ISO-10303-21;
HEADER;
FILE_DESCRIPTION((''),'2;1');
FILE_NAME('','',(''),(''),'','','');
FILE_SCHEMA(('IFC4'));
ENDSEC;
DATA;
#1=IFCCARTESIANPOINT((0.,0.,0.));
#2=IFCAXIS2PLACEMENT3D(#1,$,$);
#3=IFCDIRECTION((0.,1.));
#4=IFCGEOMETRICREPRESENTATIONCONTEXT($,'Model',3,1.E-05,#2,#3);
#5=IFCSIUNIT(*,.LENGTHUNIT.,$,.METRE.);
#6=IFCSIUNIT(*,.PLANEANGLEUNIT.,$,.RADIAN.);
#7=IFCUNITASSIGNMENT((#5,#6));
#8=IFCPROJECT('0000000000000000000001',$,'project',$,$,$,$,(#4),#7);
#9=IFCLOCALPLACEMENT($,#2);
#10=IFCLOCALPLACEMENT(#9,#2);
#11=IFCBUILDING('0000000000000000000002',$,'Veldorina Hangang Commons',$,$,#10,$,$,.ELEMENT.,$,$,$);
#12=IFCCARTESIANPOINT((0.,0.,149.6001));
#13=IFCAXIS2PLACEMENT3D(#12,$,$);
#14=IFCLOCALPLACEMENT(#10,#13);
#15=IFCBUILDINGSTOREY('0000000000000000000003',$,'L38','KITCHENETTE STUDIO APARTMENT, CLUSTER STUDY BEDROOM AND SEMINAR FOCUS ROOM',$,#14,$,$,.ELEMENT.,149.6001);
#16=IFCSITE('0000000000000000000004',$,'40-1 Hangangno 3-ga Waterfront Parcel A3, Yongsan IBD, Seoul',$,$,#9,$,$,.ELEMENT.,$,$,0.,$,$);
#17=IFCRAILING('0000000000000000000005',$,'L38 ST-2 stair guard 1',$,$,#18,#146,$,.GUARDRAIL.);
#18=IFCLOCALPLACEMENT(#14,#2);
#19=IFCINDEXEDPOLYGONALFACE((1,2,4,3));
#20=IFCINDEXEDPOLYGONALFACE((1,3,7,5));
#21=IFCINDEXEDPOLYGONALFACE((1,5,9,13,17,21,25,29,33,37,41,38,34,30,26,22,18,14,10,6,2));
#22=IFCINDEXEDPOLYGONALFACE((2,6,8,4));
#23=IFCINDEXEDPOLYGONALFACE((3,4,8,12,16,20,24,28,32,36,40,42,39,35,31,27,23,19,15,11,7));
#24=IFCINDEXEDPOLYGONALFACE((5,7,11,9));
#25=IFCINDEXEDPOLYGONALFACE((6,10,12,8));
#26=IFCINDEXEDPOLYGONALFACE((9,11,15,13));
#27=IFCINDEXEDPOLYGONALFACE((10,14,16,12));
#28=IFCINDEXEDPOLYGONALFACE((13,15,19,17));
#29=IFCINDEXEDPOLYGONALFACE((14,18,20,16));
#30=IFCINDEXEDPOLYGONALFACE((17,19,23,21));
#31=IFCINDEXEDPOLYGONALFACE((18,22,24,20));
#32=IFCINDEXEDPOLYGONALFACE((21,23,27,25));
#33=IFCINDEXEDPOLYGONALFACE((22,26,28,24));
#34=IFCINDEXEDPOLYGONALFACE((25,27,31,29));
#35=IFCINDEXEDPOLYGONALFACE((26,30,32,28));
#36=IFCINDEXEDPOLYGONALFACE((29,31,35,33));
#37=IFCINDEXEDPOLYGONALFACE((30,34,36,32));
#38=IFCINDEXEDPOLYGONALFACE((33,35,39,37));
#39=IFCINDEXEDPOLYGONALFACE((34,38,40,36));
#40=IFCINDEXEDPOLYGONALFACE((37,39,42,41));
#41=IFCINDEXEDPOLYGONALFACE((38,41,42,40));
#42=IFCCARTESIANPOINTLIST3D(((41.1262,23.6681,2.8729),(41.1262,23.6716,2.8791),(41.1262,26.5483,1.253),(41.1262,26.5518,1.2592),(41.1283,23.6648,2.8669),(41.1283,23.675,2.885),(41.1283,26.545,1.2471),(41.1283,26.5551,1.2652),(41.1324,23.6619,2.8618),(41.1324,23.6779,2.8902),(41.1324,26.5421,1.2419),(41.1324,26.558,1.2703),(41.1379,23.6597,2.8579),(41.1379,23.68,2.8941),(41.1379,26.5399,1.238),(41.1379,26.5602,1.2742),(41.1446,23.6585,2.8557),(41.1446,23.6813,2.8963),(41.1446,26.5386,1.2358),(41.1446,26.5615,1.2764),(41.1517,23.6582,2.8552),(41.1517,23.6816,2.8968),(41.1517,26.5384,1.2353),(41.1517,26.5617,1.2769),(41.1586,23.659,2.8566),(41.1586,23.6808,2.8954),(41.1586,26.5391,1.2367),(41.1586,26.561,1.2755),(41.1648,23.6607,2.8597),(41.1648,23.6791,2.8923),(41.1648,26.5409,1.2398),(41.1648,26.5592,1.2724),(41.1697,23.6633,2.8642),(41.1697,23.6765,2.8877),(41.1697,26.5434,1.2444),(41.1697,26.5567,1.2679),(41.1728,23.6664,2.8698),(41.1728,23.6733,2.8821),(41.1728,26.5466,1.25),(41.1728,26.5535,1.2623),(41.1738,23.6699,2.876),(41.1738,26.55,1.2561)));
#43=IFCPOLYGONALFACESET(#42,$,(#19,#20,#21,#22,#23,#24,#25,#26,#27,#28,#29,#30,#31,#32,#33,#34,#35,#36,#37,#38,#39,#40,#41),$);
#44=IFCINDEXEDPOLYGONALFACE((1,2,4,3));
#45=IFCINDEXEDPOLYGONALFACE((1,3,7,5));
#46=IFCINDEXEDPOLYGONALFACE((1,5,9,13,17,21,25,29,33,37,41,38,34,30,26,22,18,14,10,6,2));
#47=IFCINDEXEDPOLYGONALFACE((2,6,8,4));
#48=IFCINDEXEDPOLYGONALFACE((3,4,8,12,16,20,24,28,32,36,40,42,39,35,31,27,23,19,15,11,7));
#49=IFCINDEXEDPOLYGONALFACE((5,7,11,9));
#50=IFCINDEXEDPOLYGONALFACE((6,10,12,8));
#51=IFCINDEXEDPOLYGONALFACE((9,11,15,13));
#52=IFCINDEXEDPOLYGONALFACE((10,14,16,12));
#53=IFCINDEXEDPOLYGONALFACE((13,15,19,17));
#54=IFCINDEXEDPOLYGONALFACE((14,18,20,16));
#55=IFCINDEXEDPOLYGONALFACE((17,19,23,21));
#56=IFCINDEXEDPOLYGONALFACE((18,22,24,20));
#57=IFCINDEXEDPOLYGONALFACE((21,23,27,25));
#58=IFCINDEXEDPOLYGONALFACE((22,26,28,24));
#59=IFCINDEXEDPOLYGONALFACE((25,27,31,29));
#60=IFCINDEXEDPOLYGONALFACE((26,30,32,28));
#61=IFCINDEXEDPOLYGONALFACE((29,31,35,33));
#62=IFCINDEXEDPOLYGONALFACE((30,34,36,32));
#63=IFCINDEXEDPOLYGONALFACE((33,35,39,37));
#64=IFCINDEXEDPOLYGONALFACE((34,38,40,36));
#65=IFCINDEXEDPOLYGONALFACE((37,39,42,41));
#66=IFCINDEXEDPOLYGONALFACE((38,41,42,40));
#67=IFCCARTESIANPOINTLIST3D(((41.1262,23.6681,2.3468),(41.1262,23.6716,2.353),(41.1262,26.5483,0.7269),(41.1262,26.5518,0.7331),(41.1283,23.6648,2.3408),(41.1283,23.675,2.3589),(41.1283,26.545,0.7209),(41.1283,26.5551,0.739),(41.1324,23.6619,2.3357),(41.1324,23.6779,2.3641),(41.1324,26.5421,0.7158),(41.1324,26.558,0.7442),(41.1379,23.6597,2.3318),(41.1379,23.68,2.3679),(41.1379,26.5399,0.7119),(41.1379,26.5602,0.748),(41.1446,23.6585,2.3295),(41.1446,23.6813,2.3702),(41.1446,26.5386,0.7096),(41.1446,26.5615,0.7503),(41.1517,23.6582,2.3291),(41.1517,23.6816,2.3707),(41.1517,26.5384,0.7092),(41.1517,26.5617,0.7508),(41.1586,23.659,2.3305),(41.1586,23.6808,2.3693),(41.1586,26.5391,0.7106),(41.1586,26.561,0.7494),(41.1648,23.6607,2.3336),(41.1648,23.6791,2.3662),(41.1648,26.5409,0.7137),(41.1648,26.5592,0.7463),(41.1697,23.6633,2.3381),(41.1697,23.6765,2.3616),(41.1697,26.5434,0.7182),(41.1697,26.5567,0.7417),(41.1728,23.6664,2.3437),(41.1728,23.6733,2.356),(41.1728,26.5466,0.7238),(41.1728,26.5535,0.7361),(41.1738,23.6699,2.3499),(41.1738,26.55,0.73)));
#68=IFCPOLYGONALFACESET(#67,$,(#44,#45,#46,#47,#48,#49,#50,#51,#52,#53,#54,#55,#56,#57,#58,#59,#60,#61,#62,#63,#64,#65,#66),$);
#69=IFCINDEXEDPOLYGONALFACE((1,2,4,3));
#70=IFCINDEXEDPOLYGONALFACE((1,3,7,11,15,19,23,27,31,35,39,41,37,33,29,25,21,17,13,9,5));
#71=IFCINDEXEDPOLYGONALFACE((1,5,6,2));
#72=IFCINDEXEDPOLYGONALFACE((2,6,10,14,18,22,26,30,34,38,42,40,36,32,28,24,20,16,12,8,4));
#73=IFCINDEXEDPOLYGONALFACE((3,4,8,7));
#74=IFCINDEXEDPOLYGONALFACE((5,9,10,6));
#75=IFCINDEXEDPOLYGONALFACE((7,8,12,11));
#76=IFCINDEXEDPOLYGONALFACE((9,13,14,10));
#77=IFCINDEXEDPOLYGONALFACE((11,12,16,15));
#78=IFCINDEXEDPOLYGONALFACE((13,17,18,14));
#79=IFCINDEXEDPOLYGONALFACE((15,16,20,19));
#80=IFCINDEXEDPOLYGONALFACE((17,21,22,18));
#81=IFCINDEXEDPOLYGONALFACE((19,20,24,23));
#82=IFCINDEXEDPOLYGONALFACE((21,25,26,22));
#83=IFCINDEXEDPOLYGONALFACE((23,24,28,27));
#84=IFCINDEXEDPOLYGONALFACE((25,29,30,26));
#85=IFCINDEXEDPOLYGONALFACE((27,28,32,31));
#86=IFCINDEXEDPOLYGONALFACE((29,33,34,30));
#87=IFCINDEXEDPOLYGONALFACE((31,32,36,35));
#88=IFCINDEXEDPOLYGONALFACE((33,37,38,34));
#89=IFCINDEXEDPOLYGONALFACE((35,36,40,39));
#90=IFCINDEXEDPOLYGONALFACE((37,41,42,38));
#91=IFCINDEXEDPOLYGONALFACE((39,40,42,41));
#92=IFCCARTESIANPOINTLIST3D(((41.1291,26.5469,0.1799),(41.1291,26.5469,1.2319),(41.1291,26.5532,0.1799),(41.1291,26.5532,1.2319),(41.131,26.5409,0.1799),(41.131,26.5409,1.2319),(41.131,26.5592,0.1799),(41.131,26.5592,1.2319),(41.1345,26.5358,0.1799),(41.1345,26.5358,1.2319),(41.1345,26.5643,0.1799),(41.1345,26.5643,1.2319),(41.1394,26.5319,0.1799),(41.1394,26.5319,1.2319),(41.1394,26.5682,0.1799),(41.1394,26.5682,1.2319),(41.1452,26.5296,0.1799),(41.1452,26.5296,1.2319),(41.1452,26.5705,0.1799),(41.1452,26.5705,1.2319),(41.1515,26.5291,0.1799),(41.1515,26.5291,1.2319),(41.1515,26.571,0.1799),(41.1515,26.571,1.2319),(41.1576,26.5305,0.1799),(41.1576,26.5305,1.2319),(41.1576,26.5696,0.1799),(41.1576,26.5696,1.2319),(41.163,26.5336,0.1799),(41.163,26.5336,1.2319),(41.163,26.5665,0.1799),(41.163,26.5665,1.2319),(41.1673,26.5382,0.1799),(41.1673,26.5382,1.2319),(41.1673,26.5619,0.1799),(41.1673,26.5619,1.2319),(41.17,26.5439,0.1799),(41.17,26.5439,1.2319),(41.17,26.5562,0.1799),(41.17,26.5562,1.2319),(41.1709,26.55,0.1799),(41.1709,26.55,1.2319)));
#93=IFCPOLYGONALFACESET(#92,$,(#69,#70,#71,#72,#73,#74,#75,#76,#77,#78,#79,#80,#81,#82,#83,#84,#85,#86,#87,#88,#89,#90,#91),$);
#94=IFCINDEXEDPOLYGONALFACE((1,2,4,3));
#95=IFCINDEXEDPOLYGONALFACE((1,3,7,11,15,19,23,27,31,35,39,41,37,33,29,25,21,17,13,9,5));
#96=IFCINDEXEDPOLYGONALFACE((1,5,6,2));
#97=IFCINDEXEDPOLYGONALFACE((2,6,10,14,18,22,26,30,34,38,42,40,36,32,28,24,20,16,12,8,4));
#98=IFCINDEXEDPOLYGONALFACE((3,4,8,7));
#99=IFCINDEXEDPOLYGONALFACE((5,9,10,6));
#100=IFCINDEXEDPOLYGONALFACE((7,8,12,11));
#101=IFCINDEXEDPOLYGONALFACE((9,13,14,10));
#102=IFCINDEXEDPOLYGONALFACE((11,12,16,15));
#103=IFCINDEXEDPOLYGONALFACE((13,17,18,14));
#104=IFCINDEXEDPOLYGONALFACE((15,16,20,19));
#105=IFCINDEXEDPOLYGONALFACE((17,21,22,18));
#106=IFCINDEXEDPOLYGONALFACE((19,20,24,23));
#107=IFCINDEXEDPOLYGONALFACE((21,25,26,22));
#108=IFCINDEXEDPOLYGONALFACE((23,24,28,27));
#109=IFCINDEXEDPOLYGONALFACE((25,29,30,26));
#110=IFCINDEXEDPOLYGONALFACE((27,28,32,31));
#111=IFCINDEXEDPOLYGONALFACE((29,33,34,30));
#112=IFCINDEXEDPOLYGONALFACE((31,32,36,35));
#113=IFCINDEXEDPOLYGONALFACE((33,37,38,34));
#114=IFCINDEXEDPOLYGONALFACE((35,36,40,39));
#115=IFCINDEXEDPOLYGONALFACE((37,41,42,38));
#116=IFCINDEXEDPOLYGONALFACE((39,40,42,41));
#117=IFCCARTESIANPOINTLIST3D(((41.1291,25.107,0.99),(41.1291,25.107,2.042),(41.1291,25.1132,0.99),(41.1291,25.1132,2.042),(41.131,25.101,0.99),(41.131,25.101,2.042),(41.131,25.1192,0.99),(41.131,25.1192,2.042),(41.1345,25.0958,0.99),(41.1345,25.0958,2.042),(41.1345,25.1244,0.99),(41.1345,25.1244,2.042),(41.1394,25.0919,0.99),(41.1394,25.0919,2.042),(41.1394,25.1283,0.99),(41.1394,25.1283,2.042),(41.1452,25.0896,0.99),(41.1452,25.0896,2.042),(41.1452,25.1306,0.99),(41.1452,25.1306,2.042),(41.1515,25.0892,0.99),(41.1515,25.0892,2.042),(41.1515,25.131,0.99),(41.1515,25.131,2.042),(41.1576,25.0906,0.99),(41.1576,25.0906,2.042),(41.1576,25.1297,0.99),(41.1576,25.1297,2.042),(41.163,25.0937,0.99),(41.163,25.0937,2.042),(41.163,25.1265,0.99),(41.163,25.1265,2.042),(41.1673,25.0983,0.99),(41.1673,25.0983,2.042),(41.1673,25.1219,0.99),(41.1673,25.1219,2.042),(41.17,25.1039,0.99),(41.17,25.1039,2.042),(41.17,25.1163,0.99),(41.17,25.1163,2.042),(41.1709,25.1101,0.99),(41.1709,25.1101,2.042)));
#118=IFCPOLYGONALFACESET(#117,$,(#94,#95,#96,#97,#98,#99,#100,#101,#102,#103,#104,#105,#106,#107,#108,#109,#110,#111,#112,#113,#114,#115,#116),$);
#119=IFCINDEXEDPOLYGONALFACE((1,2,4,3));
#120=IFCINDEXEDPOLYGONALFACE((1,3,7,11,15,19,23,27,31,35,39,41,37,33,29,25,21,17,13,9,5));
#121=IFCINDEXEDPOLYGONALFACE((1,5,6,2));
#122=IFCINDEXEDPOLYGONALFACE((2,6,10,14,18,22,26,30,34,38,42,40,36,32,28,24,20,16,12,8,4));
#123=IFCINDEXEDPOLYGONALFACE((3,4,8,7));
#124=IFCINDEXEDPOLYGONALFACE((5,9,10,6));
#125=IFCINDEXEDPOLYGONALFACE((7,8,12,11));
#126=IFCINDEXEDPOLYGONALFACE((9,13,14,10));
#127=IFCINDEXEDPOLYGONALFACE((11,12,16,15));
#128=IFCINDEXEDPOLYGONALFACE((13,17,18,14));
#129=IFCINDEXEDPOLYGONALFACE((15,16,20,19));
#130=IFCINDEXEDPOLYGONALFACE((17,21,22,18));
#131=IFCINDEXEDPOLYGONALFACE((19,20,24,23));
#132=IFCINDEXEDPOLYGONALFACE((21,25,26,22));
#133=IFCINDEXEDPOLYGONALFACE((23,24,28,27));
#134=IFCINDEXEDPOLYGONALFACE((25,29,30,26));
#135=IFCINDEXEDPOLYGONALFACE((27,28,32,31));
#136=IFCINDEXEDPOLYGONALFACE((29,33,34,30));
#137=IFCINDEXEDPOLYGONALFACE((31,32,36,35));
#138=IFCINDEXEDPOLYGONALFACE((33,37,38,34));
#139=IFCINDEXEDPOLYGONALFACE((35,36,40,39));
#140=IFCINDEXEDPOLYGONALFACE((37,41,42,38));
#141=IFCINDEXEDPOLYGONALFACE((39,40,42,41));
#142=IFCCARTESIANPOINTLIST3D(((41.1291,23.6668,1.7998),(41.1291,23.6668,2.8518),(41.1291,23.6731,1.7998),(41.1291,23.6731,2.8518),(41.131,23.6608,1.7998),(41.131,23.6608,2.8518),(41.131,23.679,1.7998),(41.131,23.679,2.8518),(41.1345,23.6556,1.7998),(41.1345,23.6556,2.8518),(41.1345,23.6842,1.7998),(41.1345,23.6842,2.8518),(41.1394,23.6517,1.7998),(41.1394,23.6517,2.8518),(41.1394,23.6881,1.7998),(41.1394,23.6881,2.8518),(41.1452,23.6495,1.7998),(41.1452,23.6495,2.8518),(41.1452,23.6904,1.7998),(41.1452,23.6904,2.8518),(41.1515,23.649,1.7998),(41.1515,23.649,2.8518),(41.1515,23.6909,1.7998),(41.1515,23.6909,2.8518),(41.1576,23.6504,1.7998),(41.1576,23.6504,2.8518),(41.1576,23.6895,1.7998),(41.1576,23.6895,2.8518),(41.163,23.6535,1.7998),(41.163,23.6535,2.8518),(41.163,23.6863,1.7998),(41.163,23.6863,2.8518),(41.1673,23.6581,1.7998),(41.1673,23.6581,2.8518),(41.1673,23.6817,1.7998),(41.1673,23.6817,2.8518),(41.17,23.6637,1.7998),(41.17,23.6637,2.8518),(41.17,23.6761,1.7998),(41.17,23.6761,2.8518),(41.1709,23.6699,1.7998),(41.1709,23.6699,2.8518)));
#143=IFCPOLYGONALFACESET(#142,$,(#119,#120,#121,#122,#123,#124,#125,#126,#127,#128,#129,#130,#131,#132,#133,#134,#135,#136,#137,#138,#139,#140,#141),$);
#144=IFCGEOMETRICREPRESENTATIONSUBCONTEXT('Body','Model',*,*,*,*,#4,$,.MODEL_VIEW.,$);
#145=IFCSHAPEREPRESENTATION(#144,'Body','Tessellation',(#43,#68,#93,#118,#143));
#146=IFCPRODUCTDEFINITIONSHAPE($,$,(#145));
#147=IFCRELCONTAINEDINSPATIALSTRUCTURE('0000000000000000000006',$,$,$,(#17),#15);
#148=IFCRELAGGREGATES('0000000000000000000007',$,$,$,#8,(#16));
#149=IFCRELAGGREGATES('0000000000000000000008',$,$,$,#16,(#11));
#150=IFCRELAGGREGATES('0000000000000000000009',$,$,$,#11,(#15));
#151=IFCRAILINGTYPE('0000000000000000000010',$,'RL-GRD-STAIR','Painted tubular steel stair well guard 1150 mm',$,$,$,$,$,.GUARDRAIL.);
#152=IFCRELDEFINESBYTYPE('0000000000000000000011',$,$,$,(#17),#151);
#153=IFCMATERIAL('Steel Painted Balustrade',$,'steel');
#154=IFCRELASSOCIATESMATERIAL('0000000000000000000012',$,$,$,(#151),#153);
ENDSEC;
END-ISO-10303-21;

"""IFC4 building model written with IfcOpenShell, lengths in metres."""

from ifc_helpers import new_model, si_unit, direction, frame, origin, origin_2d, place, context, subcontext, project, spatial, circle, extrude, material, type_object, element, save


model = new_model("IFC4")

# Units and contexts
model_context = context("Model", 3, precision=1e-05, world=origin(), true_north=direction((0.0, 1.0)))
body_context = subcontext(model_context, "Body", "Model", "MODEL_VIEW")
ifc_project = project(units=[si_unit("LENGTHUNIT", "METRE"), si_unit("PLANEANGLEUNIT", "RADIAN")], contexts=[model_context])

# Site, building, storey
site_placement = place(None, origin())
site = spatial("IfcSite", under=ifc_project, at=site_placement, Name="40-1 Hangangno 3-ga Waterfront Parcel A3, Yongsan IBD, Seoul", CompositionType="ELEMENT", RefElevation=0.0)
building_placement = place(site_placement, origin())
building = spatial("IfcBuilding", under=site, at=building_placement, Name="Veldorina Hangang Commons", CompositionType="ELEMENT")
storey_placement = place(building_placement, frame((0.0, 0.0, 149.6001)))
storey = spatial("IfcBuildingStorey", under=building, at=storey_placement, Name="L38", Description="KITCHENETTE STUDIO APARTMENT, CLUSTER STUDY BEDROOM AND SEMINAR FOCUS ROOM", CompositionType="ELEMENT", Elevation=149.6001)

# Railing
ifc_material_1 = material(Name="Steel Painted Balustrade", Category="steel")
railing_type_1 = type_object("IfcRailingType", Name="RL-GRD-STAIR", Description="Painted tubular steel stair well guard 1150 mm", PredefinedType="GUARDRAIL", material=ifc_material_1)
railing_1_placement = place(storey_placement, frame((41.1499, 26.55, 0.1799)))
element("IfcRailing", 1, at=railing_1_placement, inside=storey, type_object=railing_type_1, Name="L38 ST-2 stair guard 1", PredefinedType="GUARDRAIL", context=body_context, shape_type="SweptSolid", body=[
    extrude(circle(Radius=0.0239, at=origin_2d()), frame((0.0, 0.0, 1.0762), z_axis=(0.0, -0.871601, 0.490216), x_axis=(1.0, 0.0, 0.0)), (0.0, 0.0, 1.0), 3.3044),
    extrude(circle(Radius=0.0239, at=origin_2d()), frame((0.0, 0.0, 0.55), z_axis=(0.0, -0.871601, 0.490216), x_axis=(1.0, 0.0, 0.0)), (0.0, 0.0, 1.0), 3.3044),
    extrude(circle(Radius=0.021, at=origin_2d()), origin(), (0.0, 0.0, 1.0), 1.052),
    extrude(circle(Radius=0.021, at=origin_2d()), frame((0.0, -1.4399, 0.8101)), (0.0, 0.0, 1.0), 1.052),
    extrude(circle(Radius=0.021, at=origin_2d()), frame((0.0, -2.8801, 1.6199)), (0.0, 0.0, 1.0), 1.052),
])

save(model, "model.ifc")
